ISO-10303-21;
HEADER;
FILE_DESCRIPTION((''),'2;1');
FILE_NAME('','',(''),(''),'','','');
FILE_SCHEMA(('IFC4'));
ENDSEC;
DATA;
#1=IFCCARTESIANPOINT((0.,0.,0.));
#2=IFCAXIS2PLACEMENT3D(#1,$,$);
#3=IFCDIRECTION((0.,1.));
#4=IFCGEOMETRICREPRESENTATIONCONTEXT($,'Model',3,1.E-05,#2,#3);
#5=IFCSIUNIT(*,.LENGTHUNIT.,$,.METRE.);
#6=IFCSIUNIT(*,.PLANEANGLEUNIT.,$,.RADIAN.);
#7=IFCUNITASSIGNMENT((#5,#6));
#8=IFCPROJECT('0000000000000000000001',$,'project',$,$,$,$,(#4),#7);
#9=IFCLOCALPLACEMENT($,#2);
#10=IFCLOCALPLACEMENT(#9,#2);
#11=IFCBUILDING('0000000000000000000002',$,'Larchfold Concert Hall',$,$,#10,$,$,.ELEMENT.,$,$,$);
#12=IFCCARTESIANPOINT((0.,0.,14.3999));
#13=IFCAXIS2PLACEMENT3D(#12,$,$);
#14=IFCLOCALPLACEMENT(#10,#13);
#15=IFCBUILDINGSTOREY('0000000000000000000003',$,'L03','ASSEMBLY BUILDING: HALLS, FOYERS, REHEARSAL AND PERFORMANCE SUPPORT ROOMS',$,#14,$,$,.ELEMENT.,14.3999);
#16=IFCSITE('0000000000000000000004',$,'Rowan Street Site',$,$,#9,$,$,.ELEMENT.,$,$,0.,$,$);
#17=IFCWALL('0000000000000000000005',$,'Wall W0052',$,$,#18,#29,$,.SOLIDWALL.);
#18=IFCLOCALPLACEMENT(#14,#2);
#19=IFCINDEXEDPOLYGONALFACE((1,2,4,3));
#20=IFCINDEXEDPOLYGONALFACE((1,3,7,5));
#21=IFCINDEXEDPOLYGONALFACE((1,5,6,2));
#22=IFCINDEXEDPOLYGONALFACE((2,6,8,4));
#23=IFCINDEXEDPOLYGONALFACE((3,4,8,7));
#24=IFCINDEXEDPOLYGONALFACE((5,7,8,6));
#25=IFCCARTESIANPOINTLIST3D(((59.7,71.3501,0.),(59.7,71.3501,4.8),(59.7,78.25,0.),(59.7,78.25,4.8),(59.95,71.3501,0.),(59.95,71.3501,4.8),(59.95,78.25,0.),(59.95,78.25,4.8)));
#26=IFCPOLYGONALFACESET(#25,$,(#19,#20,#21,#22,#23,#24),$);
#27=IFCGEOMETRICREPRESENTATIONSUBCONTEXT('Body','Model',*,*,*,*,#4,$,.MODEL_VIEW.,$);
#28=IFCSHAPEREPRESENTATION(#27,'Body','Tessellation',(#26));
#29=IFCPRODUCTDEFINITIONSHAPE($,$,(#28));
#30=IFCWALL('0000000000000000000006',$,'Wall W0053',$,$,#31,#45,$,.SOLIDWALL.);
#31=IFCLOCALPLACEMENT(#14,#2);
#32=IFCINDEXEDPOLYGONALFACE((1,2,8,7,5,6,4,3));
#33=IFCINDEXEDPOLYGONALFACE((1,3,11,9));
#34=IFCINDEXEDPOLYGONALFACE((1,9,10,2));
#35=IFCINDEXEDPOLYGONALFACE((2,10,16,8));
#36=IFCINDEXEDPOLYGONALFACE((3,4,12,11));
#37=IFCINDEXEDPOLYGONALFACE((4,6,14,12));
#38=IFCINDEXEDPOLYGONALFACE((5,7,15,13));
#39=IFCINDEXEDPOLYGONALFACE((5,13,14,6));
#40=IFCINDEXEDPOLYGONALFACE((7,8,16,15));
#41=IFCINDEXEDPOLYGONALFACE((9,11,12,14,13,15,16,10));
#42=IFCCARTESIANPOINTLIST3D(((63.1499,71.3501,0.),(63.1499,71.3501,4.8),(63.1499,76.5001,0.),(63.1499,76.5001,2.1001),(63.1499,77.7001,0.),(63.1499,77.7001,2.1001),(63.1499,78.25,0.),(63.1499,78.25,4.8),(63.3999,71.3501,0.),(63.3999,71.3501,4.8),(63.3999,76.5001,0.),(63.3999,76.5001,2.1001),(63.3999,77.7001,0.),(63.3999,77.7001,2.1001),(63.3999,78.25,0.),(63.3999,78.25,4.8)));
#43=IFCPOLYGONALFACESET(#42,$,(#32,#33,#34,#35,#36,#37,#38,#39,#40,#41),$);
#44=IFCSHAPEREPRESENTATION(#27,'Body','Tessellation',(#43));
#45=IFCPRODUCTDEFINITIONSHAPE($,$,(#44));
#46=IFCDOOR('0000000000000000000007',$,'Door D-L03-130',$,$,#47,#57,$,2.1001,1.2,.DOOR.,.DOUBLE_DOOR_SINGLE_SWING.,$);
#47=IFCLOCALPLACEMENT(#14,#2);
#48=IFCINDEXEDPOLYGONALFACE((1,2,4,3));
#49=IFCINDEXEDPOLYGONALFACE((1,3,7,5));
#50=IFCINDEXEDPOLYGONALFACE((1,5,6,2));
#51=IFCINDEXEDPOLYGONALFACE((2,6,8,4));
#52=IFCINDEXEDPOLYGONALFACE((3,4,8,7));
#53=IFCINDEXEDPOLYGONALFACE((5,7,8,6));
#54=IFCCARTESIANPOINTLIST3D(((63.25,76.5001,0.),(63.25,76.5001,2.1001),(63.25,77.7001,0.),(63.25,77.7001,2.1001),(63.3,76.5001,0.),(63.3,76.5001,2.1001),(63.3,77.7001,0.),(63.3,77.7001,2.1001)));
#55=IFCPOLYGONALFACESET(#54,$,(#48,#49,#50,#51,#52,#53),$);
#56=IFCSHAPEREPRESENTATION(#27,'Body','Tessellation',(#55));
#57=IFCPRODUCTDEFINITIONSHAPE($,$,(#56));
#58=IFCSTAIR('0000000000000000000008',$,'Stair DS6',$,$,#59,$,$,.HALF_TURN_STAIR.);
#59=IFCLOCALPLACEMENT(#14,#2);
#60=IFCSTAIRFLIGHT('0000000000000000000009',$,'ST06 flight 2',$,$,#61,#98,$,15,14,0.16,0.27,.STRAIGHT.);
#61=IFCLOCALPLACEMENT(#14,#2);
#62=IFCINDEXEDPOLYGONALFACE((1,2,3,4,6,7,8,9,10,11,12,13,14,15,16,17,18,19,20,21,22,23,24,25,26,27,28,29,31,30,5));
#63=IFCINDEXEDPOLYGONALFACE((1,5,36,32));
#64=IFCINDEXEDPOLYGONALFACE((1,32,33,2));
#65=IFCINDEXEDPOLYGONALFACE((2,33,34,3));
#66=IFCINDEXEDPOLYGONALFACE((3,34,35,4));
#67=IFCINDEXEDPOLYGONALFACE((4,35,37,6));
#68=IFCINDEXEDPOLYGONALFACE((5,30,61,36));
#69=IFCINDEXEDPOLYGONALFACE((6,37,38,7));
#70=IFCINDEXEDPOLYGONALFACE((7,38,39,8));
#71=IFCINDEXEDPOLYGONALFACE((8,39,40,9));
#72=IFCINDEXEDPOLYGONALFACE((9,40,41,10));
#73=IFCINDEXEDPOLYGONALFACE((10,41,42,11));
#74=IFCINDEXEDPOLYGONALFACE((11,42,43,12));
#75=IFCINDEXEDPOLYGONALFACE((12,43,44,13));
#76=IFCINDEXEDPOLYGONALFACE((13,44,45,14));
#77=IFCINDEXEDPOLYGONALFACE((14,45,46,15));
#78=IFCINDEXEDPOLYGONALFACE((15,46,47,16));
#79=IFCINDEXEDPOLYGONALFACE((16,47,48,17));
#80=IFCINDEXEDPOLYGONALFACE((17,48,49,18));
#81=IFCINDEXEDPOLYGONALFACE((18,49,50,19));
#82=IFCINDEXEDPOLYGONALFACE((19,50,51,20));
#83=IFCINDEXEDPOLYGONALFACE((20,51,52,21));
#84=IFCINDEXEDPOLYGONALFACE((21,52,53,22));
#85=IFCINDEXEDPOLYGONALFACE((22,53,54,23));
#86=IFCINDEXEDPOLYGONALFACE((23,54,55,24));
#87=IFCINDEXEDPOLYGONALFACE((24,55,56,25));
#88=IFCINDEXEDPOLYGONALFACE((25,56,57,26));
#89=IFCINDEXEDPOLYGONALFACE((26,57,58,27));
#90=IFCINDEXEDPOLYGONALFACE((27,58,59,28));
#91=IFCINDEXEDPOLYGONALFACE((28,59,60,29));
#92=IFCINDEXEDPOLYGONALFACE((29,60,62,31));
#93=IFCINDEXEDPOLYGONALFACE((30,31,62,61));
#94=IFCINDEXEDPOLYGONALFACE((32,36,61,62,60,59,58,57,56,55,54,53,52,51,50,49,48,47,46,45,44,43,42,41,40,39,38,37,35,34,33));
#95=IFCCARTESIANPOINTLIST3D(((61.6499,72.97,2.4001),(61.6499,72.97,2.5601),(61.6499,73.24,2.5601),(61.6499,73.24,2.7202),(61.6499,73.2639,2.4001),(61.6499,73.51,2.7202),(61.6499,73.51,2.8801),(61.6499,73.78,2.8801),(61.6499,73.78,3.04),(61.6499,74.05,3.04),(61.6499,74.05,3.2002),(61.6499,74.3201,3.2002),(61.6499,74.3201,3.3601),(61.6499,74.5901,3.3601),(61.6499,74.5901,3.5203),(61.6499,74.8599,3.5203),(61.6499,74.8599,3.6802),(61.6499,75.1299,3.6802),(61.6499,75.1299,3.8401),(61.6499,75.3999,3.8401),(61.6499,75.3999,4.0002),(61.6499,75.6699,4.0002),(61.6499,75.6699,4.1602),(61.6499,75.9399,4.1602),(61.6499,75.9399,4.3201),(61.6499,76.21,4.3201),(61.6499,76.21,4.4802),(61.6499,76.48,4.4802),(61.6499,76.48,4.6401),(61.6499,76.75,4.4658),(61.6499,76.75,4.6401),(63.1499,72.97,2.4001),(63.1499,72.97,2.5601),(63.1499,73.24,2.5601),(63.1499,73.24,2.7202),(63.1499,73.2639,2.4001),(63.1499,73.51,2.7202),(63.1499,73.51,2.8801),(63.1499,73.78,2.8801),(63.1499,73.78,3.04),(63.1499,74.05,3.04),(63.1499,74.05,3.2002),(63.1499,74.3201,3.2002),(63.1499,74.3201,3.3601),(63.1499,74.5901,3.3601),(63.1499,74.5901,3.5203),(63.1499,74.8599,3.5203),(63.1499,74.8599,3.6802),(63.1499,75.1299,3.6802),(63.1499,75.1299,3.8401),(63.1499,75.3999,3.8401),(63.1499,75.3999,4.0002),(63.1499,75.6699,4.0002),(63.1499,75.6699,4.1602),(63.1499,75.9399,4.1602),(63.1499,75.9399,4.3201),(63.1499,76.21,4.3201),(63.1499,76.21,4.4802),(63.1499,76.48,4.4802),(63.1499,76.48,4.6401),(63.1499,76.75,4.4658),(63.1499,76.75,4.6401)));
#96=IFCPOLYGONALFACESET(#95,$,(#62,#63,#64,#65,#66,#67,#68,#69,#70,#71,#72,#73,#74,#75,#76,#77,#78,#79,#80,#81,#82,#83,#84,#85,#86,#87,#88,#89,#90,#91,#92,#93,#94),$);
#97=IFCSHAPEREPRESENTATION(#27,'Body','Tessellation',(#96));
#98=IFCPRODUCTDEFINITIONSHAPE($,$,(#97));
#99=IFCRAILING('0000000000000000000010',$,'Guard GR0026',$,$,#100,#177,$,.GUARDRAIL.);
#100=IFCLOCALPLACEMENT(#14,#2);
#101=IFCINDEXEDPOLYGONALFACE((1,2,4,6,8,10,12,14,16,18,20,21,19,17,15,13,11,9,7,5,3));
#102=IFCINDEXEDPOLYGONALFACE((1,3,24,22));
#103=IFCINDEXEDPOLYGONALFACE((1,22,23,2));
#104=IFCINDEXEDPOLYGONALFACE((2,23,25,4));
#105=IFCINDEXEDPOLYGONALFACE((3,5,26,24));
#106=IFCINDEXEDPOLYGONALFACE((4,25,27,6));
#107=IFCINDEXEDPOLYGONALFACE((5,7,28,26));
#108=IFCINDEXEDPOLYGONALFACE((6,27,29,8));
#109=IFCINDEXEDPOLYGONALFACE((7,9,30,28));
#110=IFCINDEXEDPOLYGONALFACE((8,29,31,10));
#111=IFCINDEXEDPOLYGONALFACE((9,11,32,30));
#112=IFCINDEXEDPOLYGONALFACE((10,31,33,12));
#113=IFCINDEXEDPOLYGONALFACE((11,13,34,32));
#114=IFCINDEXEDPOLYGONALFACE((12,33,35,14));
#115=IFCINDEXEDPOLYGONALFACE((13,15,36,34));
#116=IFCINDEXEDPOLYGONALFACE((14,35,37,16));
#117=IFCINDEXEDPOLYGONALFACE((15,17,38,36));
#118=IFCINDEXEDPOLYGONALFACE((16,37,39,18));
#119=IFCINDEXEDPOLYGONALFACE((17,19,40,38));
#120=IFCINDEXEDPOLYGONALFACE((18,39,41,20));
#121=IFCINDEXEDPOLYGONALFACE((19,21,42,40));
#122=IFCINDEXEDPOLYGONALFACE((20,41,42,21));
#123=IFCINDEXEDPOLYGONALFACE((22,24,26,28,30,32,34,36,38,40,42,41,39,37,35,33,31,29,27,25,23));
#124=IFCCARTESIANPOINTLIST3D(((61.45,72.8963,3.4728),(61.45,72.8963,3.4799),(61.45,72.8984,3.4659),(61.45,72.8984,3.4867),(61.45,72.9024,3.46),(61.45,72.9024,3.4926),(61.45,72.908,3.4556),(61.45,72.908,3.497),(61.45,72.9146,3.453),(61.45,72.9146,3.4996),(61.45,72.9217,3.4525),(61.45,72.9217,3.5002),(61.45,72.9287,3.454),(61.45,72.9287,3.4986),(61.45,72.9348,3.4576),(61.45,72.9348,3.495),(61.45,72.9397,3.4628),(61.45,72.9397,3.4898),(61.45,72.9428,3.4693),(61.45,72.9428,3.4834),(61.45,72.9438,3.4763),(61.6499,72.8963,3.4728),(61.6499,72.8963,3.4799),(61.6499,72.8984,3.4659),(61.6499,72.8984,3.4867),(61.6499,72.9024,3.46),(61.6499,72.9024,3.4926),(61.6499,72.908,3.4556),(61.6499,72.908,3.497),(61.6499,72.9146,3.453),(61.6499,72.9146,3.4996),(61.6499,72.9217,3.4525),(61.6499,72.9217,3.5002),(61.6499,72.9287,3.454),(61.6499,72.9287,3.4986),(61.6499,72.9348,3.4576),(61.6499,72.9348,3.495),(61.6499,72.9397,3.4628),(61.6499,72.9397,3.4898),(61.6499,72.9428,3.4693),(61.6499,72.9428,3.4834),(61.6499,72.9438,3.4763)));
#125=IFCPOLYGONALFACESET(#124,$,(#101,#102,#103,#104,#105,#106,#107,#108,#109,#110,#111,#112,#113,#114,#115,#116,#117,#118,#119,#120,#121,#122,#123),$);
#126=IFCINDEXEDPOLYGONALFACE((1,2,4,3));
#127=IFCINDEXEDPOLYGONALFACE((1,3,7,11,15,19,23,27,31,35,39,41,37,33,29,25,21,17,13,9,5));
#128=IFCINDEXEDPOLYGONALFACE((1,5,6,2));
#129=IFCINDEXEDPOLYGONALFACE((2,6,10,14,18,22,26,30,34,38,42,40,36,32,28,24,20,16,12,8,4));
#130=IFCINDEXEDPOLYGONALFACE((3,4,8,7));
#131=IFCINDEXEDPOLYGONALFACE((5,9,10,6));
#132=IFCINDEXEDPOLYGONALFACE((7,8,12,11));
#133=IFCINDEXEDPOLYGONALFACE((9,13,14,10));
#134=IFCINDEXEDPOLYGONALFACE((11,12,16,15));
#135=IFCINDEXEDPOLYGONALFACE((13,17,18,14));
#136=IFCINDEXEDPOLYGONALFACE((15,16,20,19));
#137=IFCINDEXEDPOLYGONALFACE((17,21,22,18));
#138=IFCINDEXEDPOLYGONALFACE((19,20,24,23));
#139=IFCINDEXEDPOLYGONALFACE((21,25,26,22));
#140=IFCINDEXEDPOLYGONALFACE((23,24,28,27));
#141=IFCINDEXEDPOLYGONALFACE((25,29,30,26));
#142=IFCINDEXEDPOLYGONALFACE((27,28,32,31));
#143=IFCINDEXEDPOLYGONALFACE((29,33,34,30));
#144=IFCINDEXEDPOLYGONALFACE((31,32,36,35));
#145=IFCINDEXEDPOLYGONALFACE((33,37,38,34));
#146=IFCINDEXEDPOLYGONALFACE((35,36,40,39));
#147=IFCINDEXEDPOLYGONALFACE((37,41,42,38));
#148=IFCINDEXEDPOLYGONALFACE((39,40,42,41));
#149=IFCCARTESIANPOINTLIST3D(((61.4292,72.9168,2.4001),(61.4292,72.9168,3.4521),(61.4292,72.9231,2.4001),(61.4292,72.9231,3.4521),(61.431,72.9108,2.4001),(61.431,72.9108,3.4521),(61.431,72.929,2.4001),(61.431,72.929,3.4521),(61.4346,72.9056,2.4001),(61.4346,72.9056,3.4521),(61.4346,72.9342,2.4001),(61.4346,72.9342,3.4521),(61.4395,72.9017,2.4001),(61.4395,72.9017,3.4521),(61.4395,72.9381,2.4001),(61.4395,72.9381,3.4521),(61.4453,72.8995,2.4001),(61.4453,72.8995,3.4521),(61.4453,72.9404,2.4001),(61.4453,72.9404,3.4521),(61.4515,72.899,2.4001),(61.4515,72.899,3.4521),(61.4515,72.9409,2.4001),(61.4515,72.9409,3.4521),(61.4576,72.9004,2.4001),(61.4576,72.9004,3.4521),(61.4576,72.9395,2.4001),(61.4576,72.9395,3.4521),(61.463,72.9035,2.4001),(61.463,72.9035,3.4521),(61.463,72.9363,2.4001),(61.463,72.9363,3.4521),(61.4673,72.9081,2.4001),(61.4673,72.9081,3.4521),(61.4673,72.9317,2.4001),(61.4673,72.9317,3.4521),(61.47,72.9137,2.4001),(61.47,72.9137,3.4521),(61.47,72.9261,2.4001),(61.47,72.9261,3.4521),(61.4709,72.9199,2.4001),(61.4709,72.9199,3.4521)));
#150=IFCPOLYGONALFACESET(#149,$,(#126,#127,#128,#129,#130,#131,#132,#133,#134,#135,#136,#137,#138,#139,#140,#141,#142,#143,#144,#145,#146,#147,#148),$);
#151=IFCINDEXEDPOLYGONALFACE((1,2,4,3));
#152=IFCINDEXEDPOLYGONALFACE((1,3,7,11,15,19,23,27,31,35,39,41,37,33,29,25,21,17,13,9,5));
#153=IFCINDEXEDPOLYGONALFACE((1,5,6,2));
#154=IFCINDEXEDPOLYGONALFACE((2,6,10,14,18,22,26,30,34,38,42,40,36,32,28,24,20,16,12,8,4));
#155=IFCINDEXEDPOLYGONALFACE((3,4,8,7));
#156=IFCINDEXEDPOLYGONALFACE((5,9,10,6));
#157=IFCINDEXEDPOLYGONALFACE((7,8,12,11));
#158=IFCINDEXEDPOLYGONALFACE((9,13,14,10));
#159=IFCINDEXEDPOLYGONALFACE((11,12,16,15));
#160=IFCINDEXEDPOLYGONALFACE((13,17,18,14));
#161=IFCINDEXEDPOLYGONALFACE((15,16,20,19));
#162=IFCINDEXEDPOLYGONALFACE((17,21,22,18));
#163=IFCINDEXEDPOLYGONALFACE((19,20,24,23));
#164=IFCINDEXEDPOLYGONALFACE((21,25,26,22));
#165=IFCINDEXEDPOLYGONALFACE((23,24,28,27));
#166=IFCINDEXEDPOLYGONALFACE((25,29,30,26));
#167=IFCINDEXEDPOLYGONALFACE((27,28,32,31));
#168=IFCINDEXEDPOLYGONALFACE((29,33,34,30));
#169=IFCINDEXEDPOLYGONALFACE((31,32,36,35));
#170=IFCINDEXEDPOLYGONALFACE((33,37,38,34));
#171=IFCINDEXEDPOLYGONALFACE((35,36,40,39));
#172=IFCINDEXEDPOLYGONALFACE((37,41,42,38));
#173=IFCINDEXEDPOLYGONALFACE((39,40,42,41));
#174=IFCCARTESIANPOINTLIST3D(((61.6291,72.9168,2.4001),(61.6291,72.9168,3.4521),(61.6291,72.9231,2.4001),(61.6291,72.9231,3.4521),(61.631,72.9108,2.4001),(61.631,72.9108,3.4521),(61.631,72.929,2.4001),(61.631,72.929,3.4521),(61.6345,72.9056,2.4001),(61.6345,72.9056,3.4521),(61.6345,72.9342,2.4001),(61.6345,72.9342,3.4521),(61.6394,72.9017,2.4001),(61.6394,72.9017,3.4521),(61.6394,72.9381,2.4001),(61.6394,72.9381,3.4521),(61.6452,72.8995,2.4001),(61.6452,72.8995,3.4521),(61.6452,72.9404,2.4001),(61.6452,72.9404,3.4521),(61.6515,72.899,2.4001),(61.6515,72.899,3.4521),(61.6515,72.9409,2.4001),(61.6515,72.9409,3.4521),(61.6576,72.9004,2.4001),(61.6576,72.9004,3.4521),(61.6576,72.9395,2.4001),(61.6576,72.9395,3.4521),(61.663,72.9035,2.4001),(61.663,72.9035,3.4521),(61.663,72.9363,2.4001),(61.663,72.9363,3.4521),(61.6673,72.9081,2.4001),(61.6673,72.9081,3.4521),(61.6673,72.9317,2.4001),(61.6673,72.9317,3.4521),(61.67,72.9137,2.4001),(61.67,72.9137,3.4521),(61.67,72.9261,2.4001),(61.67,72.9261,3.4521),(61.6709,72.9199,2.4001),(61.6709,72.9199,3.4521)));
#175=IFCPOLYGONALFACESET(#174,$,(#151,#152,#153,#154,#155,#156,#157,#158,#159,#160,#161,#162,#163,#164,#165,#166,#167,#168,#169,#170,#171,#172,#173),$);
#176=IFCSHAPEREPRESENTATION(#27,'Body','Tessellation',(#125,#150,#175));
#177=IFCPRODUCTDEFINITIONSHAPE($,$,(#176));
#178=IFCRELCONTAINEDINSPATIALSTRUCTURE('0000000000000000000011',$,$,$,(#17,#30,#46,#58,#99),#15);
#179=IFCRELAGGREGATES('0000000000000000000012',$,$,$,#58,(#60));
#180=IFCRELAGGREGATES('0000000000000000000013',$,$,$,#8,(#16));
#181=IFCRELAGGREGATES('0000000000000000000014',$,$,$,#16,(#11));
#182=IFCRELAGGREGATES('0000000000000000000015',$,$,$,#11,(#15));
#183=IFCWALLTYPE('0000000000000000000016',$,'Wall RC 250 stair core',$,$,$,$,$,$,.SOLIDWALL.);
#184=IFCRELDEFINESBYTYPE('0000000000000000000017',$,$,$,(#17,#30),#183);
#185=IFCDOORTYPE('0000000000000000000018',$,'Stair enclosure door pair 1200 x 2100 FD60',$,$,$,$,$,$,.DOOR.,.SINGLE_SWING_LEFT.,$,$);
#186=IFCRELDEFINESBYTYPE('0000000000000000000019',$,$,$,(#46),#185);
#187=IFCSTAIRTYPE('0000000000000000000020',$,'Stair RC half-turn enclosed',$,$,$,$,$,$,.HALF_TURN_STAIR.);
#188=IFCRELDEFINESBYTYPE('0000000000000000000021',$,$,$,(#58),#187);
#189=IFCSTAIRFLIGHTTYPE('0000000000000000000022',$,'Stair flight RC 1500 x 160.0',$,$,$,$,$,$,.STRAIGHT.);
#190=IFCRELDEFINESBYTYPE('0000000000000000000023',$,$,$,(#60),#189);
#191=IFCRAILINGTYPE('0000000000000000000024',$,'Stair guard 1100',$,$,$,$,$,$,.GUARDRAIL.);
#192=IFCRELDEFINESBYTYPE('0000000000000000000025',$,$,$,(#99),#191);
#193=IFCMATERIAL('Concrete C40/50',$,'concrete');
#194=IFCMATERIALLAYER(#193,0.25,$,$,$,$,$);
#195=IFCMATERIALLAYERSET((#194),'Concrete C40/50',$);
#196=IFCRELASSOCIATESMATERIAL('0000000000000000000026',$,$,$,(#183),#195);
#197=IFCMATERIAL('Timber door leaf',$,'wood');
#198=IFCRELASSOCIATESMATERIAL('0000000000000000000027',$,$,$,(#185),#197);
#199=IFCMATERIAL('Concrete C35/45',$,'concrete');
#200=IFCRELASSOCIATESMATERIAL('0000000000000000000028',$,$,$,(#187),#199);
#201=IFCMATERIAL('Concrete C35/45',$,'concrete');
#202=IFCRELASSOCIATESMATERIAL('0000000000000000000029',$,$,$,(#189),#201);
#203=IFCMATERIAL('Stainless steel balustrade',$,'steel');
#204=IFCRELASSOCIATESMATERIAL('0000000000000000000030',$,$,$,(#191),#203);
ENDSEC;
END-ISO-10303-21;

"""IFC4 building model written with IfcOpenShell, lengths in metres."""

from ifc_helpers import new_model, si_unit, direction, frame, frame_2d, origin, origin_2d, place, context, subcontext, project, spatial, polyline, rectangle, circle, outline, extrude, material, layer, layer_set, type_object, element, fill, aggregate, save


model = new_model("IFC4")

# Units and contexts
model_context = context("Model", 3, precision=1e-05, world=origin(), true_north=direction((0.0, 1.0)))
body_context = subcontext(model_context, "Body", "Model", "MODEL_VIEW")
ifc_project = project(units=[si_unit("LENGTHUNIT", "METRE"), si_unit("PLANEANGLEUNIT", "RADIAN")], contexts=[model_context])

# Site, building, storey
site_placement = place(None, origin())
site = spatial("IfcSite", under=ifc_project, at=site_placement, Name="Rowan Street Site", CompositionType="ELEMENT", RefElevation=0.0)
building_placement = place(site_placement, origin())
building = spatial("IfcBuilding", under=site, at=building_placement, Name="Larchfold Concert Hall", CompositionType="ELEMENT")
storey_placement = place(building_placement, frame((0.0, 0.0, 14.3999)))
storey = spatial("IfcBuildingStorey", under=building, at=storey_placement, Name="L03", Description="ASSEMBLY BUILDING: HALLS, FOYERS, REHEARSAL AND PERFORMANCE SUPPORT ROOMS", CompositionType="ELEMENT", Elevation=14.3999)

# Wall
ifc_material_1 = material(Name="Concrete C40/50", Category="concrete")
ifc_layer_1 = layer(ifc_material_1, 0.25)
ifc_layer_set_1 = layer_set([ifc_layer_1], Name="Concrete C40/50")
wall_type_1 = type_object("IfcWallType", Name="Wall RC 250 stair core", PredefinedType="SOLIDWALL", material=ifc_layer_set_1)
wall_1_placement = place(storey_placement, frame((59.825, 71.3501, 0.0), z_axis=(0.0, 0.0, 1.0), x_axis=(0.0, 1.0, 0.0)))
element("IfcWall", 1, at=wall_1_placement, inside=storey, type_object=wall_type_1, Name="Wall W0052", PredefinedType="SOLIDWALL", context=body_context, shape_type="SweptSolid", body=[
    extrude(rectangle(XDim=6.8999, YDim=0.25, at=frame_2d((3.45, 0.0))), origin(), (0.0, 0.0, 1.0), 4.8),
])

# Wall, opening, door
wall_2_placement = place(storey_placement, frame((63.2749, 71.3501, 0.0), z_axis=(0.0, 0.0, 1.0), x_axis=(0.0, 1.0, 0.0)))
wall_2 = element("IfcWall", 2, at=wall_2_placement, inside=storey, type_object=wall_type_1, Name="Wall W0053", PredefinedType="SOLIDWALL", context=body_context, shape_type="SweptSolid", body=[
    extrude(rectangle(XDim=6.8999, YDim=0.25, at=frame_2d((3.45, 0.0))), origin(), (0.0, 0.0, 1.0), 4.8),
])
opening_1_placement = place(wall_2_placement, frame((5.1499, 0.0, 0.0)))
opening_1 = element("IfcOpeningElement", 3, at=opening_1_placement, cuts=wall_2, PredefinedType="OPENING", context=body_context, shape_type="SweptSolid", body=[
    extrude(rectangle(XDim=1.2, YDim=2.1001, at=frame_2d((0.6001, 1.05))), frame((0.0, 0.135, 0.0), z_axis=(0.0, -1.0, 0.0), x_axis=(1.0, 0.0, 0.0)), (0.0, 0.0, 1.0), 0.27),
])
ifc_material_2 = material(Name="Timber door leaf", Category="wood")
door_type_1 = type_object("IfcDoorType", Name="Stair enclosure door pair 1200 x 2100 FD60", OperationType="SINGLE_SWING_LEFT", PredefinedType="DOOR", material=ifc_material_2)
door_1_placement = place(opening_1_placement, origin())
door_1 = element("IfcDoor", 4, at=door_1_placement, inside=storey, type_object=door_type_1, Name="Door D-L03-130", OperationType="DOUBLE_DOOR_SINGLE_SWING", OverallHeight=2.1001, OverallWidth=1.2, PredefinedType="DOOR", context=body_context, shape_type="SweptSolid", body=[
    extrude(rectangle(XDim=1.2, YDim=2.1001, at=frame_2d((0.6001, 1.05))), frame((0.0, 0.0249, 0.0), z_axis=(0.0, -1.0, 0.0), x_axis=(1.0, 0.0, 0.0)), (0.0, 0.0, 1.0), 0.05),
])
fill(opening_1, door_1)

# Stair, stair flight
ifc_material_3 = material(Name="Concrete C35/45", Category="concrete")
stair_type = type_object("IfcStairType", Name="Stair RC half-turn enclosed", PredefinedType="HALF_TURN_STAIR", material=ifc_material_3)
stair_placement = place(storey_placement, origin())
stair = element("IfcStair", 5, at=stair_placement, inside=storey, type_object=stair_type, Name="Stair DS6", PredefinedType="HALF_TURN_STAIR")
ifc_material_4 = material(Name="Concrete C35/45", Category="concrete")
stair_flight_type = type_object("IfcStairFlightType", Name="Stair flight RC 1500 x 160.0", PredefinedType="STRAIGHT", material=ifc_material_4)
stair_flight_placement = place(storey_placement, frame((62.3999, 72.97, 2.4001), z_axis=(0.0, 0.0, 1.0), x_axis=(0.0, 1.0, 0.0)))
stair_flight = element("IfcStairFlight", 6, at=stair_flight_placement, type_object=stair_flight_type, Name="ST06 flight 2", NumberOfRisers=15, NumberOfTreads=14, PredefinedType="STRAIGHT", RiserHeight=0.16, TreadLength=0.27, context=body_context, shape_type="SweptSolid", body=[
    extrude(outline(polyline([(0.0, 0.0), (0.0, 0.1599), (0.27, 0.1599), (0.27, 0.3201), (0.54, 0.3201), (0.54, 0.48), (0.8101, 0.48), (0.8101, 0.6399), (1.0801, 0.6399), (1.0801, 0.8), (1.3501, 0.8), (1.3501, 0.96), (1.6201, 0.96), (1.6201, 1.1201), (1.8899, 1.1201), (1.8899, 1.28), (2.1599, 1.28), (2.1599, 1.4399), (2.4299, 1.4399), (2.4299, 1.6001), (2.7, 1.6001), (2.7, 1.76), (2.97, 1.76), (2.97, 1.9199), (3.24, 1.9199), (3.24, 2.0801), (3.51, 2.0801), (3.51, 2.24), (3.78, 2.24), (3.78, 2.3999), (3.78, 2.0657), (0.2939, 0.0), (0.0, 0.0)])), frame((0.0, 0.75, 0.0), z_axis=(0.0, -1.0, 0.0), x_axis=(1.0, 0.0, 0.0)), (0.0, 0.0, 1.0), 1.5),
])
aggregate(stair, [stair_flight])

# Railing
ifc_material_5 = material(Name="Stainless steel balustrade", Category="steel")
railing_type_1 = type_object("IfcRailingType", Name="Stair guard 1100", PredefinedType="GUARDRAIL", material=ifc_material_5)
railing_1_placement = place(storey_placement, frame((61.45, 72.9199, 2.4001)))
element("IfcRailing", 7, at=railing_1_placement, inside=storey, type_object=railing_type_1, Name="Guard GR0026", PredefinedType="GUARDRAIL", context=body_context, shape_type="SweptSolid", body=[
    extrude(circle(Radius=0.0239, at=origin_2d()), frame((0.0, 0.0, 1.0762), z_axis=(1.0, 0.0, 0.0), x_axis=(0.0, 1.0, 0.0)), (0.0, 0.0, 1.0), 0.2),
    extrude(circle(Radius=0.021, at=origin_2d()), origin(), (0.0, 0.0, 1.0), 1.052),
    extrude(circle(Radius=0.021, at=origin_2d()), frame((0.2, 0.0, 0.0)), (0.0, 0.0, 1.0), 1.052),
])

save(model, "model.ifc")
